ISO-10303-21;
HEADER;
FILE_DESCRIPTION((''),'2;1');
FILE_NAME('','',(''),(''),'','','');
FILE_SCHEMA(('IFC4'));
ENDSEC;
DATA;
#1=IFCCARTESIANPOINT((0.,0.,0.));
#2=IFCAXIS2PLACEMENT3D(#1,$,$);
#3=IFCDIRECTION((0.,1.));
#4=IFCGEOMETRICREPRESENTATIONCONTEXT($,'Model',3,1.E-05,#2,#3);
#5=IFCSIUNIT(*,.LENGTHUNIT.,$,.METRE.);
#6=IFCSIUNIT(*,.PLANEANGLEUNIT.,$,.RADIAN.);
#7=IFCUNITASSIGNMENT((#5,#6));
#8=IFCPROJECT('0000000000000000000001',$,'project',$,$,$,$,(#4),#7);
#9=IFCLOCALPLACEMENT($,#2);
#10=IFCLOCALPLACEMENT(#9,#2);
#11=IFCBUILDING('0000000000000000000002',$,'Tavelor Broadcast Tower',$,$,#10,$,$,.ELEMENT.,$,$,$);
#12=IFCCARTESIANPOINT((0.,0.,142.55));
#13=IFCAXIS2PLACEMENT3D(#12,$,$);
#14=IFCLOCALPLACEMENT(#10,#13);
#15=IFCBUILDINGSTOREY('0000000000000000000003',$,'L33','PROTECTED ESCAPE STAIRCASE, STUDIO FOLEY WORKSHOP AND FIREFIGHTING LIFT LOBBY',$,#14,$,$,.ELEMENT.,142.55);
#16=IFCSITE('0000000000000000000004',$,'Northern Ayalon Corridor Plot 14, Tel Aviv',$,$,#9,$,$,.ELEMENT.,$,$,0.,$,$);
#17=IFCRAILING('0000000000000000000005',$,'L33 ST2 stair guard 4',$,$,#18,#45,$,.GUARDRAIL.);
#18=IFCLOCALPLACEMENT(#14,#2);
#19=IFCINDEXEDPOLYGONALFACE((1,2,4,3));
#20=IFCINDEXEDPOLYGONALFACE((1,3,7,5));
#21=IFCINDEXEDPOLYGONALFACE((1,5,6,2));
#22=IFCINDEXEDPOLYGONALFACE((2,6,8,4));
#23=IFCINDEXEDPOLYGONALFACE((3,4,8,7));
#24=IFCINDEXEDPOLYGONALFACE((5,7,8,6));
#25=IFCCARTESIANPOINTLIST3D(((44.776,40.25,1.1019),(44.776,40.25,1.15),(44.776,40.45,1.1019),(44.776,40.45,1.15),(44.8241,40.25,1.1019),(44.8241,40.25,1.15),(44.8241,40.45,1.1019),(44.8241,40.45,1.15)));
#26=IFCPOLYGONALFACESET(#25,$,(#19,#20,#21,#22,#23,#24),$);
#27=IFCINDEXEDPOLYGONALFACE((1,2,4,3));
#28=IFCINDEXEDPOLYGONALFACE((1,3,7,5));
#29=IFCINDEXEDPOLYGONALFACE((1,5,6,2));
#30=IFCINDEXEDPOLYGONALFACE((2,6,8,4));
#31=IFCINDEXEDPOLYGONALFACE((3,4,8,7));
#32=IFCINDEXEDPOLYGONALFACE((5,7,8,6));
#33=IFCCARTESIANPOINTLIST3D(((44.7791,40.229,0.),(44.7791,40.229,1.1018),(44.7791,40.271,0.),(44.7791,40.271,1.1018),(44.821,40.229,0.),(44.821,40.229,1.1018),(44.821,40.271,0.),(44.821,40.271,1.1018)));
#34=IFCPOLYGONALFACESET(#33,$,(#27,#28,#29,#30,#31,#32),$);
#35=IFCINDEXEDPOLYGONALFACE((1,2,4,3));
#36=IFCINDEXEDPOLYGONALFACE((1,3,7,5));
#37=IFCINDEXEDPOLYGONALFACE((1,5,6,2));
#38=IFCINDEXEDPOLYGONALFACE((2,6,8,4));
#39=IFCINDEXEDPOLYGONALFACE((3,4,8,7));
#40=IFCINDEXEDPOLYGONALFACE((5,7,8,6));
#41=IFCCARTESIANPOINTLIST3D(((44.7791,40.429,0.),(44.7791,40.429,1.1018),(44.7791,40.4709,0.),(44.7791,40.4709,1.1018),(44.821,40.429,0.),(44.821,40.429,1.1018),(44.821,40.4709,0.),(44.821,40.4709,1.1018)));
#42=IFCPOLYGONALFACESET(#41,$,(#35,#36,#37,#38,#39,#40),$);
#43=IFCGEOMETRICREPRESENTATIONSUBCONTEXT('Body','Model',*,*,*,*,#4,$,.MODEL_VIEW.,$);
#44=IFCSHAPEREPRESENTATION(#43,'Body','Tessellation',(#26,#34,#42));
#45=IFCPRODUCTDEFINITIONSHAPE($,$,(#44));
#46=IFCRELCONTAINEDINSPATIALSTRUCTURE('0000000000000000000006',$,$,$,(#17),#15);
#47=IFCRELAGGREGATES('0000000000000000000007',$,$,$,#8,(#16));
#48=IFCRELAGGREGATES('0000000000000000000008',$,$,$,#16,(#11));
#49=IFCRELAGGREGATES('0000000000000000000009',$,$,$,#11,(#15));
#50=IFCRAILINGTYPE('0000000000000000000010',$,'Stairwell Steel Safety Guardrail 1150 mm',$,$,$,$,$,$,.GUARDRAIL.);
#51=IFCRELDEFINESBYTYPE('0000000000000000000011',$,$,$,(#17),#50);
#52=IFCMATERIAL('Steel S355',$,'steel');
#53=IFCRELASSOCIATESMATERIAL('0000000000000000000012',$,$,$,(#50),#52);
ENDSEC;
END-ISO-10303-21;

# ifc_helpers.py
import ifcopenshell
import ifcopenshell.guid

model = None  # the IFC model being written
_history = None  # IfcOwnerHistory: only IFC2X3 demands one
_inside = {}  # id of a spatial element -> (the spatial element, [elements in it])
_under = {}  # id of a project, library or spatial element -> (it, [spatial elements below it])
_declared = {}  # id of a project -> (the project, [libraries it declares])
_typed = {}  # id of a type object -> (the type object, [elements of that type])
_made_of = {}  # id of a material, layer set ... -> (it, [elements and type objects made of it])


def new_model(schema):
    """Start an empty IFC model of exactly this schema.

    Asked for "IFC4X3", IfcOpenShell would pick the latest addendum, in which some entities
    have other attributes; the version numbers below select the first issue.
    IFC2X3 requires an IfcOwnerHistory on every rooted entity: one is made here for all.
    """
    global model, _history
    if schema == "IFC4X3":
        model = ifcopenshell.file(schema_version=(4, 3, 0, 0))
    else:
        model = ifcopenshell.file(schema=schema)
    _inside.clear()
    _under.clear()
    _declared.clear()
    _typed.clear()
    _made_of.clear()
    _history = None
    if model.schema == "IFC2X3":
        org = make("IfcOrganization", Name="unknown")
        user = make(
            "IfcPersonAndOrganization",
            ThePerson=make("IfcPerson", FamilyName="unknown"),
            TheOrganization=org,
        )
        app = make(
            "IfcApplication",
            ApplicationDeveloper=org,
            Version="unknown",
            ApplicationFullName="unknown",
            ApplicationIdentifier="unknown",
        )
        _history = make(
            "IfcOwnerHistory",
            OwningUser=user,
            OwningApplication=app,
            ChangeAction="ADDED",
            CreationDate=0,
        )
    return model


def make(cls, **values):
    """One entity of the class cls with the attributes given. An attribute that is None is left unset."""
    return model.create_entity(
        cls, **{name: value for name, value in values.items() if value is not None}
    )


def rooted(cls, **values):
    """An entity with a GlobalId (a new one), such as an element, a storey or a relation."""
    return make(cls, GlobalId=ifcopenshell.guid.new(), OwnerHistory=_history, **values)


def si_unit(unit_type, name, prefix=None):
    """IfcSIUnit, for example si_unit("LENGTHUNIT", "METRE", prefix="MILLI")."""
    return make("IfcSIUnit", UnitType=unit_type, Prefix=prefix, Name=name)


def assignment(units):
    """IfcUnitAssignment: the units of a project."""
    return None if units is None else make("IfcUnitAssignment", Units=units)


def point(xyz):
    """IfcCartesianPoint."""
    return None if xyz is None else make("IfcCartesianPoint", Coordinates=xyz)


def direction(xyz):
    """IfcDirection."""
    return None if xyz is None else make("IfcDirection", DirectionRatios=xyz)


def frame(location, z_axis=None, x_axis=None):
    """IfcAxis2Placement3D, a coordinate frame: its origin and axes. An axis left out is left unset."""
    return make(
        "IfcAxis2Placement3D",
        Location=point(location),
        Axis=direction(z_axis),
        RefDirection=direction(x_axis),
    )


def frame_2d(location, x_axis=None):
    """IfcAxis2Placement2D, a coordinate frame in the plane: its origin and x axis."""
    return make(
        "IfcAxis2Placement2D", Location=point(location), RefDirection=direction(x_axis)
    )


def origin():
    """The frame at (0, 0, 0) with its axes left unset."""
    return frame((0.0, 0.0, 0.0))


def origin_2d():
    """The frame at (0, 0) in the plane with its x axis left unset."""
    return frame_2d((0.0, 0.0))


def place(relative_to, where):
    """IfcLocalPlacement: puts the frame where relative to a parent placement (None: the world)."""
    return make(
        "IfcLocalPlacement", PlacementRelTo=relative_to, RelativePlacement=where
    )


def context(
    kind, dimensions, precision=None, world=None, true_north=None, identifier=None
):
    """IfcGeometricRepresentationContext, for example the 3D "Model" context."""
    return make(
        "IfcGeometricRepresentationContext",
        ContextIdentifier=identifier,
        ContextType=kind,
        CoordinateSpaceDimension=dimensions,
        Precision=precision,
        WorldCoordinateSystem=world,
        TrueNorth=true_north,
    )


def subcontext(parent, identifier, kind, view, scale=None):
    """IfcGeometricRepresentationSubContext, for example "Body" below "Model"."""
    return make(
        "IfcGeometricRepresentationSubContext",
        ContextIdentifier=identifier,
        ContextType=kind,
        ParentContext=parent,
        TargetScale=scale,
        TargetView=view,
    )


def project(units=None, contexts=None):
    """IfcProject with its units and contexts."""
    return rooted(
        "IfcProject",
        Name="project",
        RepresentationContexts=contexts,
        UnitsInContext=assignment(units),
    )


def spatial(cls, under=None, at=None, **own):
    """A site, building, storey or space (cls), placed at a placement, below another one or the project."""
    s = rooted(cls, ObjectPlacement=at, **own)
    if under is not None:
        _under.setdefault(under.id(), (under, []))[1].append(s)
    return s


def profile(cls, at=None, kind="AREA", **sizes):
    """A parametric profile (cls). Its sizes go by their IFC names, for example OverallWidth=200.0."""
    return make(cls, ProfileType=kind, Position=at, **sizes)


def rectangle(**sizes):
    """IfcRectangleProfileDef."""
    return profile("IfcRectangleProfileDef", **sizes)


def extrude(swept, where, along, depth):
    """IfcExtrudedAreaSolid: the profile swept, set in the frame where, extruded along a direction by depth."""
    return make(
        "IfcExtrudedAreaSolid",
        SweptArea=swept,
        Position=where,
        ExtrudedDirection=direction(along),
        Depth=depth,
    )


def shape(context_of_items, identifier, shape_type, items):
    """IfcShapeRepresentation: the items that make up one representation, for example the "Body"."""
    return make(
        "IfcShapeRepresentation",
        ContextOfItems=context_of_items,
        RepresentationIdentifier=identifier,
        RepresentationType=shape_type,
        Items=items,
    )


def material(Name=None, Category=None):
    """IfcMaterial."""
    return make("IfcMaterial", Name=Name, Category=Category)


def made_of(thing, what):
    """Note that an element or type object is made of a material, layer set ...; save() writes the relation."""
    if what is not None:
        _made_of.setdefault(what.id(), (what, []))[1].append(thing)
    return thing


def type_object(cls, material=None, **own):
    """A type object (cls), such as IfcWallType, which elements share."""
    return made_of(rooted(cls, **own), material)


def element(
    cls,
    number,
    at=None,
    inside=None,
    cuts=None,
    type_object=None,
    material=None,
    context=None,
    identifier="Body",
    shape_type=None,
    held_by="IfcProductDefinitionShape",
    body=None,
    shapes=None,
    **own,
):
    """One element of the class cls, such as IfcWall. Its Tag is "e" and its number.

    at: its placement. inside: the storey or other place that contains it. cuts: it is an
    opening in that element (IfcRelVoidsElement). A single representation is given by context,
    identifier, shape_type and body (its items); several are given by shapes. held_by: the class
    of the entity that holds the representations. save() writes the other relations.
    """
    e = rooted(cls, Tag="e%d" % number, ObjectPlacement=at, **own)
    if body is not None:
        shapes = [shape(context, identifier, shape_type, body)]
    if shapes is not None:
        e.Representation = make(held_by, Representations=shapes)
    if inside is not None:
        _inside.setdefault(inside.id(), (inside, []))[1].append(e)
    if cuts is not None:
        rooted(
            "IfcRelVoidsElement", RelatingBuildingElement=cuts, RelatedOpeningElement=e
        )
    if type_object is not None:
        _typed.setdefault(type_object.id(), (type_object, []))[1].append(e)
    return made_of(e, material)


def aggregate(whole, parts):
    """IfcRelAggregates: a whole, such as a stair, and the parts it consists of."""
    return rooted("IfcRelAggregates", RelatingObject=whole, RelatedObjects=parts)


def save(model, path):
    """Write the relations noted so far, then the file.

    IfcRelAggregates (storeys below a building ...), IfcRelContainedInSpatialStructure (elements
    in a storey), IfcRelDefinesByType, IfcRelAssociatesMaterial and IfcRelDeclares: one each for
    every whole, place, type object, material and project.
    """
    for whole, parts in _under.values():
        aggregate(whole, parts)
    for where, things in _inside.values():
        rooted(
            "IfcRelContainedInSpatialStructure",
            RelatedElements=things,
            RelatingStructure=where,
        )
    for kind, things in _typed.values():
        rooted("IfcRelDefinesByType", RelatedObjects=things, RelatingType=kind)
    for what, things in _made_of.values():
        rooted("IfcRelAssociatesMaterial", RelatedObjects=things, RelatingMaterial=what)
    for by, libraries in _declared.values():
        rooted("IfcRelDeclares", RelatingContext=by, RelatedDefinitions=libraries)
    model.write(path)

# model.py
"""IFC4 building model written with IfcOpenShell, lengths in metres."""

from ifc_helpers import new_model, si_unit, direction, frame, origin, origin_2d, place, context, subcontext, project, spatial, rectangle, extrude, material, type_object, element, save


model = new_model("IFC4")

# Units and contexts
model_context = context("Model", 3, precision=1e-05, world=origin(), true_north=direction((0.0, 1.0)))
body_context = subcontext(model_context, "Body", "Model", "MODEL_VIEW")
ifc_project = project(units=[si_unit("LENGTHUNIT", "METRE"), si_unit("PLANEANGLEUNIT", "RADIAN")], contexts=[model_context])

# Site, building, storey
site_placement = place(None, origin())
site = spatial("IfcSite", under=ifc_project, at=site_placement, Name="Northern Ayalon Corridor Plot 14, Tel Aviv", CompositionType="ELEMENT", RefElevation=0.0)
building_placement = place(site_placement, origin())
building = spatial("IfcBuilding", under=site, at=building_placement, Name="Tavelor Broadcast Tower", CompositionType="ELEMENT")
storey_placement = place(building_placement, frame((0.0, 0.0, 142.55)))
storey = spatial("IfcBuildingStorey", under=building, at=storey_placement, Name="L33", Description="PROTECTED ESCAPE STAIRCASE, STUDIO FOLEY WORKSHOP AND FIREFIGHTING LIFT LOBBY", CompositionType="ELEMENT", Elevation=142.55)

# Shared definitions
ifc_material_1 = material(Name="Steel S355", Category="steel")

# Railing
railing_type_1 = type_object("IfcRailingType", Name="Stairwell Steel Safety Guardrail 1150 mm", PredefinedType="GUARDRAIL", material=ifc_material_1)
railing_1_placement = place(storey_placement, frame((44.8, 40.25, 0.0)))
element("IfcRailing", 1, at=railing_1_placement, inside=storey, type_object=railing_type_1, Name="L33 ST2 stair guard 4", PredefinedType="GUARDRAIL", context=body_context, shape_type="SweptSolid", body=[
    extrude(rectangle(XDim=0.0481, YDim=0.0481, at=origin_2d()), frame((0.0, 0.0, 1.126), z_axis=(0.0, 1.0, 0.0), x_axis=(-1.0, 0.0, 0.0)), (0.0, 0.0, 1.0), 0.2),
    extrude(rectangle(XDim=0.042, YDim=0.042, at=origin_2d()), origin(), (0.0, 0.0, 1.0), 1.1018),
    extrude(rectangle(XDim=0.042, YDim=0.042, at=origin_2d()), frame((0.0, 0.2, 0.0)), (0.0, 0.0, 1.0), 1.1018),
])

save(model, "model.ifc")
